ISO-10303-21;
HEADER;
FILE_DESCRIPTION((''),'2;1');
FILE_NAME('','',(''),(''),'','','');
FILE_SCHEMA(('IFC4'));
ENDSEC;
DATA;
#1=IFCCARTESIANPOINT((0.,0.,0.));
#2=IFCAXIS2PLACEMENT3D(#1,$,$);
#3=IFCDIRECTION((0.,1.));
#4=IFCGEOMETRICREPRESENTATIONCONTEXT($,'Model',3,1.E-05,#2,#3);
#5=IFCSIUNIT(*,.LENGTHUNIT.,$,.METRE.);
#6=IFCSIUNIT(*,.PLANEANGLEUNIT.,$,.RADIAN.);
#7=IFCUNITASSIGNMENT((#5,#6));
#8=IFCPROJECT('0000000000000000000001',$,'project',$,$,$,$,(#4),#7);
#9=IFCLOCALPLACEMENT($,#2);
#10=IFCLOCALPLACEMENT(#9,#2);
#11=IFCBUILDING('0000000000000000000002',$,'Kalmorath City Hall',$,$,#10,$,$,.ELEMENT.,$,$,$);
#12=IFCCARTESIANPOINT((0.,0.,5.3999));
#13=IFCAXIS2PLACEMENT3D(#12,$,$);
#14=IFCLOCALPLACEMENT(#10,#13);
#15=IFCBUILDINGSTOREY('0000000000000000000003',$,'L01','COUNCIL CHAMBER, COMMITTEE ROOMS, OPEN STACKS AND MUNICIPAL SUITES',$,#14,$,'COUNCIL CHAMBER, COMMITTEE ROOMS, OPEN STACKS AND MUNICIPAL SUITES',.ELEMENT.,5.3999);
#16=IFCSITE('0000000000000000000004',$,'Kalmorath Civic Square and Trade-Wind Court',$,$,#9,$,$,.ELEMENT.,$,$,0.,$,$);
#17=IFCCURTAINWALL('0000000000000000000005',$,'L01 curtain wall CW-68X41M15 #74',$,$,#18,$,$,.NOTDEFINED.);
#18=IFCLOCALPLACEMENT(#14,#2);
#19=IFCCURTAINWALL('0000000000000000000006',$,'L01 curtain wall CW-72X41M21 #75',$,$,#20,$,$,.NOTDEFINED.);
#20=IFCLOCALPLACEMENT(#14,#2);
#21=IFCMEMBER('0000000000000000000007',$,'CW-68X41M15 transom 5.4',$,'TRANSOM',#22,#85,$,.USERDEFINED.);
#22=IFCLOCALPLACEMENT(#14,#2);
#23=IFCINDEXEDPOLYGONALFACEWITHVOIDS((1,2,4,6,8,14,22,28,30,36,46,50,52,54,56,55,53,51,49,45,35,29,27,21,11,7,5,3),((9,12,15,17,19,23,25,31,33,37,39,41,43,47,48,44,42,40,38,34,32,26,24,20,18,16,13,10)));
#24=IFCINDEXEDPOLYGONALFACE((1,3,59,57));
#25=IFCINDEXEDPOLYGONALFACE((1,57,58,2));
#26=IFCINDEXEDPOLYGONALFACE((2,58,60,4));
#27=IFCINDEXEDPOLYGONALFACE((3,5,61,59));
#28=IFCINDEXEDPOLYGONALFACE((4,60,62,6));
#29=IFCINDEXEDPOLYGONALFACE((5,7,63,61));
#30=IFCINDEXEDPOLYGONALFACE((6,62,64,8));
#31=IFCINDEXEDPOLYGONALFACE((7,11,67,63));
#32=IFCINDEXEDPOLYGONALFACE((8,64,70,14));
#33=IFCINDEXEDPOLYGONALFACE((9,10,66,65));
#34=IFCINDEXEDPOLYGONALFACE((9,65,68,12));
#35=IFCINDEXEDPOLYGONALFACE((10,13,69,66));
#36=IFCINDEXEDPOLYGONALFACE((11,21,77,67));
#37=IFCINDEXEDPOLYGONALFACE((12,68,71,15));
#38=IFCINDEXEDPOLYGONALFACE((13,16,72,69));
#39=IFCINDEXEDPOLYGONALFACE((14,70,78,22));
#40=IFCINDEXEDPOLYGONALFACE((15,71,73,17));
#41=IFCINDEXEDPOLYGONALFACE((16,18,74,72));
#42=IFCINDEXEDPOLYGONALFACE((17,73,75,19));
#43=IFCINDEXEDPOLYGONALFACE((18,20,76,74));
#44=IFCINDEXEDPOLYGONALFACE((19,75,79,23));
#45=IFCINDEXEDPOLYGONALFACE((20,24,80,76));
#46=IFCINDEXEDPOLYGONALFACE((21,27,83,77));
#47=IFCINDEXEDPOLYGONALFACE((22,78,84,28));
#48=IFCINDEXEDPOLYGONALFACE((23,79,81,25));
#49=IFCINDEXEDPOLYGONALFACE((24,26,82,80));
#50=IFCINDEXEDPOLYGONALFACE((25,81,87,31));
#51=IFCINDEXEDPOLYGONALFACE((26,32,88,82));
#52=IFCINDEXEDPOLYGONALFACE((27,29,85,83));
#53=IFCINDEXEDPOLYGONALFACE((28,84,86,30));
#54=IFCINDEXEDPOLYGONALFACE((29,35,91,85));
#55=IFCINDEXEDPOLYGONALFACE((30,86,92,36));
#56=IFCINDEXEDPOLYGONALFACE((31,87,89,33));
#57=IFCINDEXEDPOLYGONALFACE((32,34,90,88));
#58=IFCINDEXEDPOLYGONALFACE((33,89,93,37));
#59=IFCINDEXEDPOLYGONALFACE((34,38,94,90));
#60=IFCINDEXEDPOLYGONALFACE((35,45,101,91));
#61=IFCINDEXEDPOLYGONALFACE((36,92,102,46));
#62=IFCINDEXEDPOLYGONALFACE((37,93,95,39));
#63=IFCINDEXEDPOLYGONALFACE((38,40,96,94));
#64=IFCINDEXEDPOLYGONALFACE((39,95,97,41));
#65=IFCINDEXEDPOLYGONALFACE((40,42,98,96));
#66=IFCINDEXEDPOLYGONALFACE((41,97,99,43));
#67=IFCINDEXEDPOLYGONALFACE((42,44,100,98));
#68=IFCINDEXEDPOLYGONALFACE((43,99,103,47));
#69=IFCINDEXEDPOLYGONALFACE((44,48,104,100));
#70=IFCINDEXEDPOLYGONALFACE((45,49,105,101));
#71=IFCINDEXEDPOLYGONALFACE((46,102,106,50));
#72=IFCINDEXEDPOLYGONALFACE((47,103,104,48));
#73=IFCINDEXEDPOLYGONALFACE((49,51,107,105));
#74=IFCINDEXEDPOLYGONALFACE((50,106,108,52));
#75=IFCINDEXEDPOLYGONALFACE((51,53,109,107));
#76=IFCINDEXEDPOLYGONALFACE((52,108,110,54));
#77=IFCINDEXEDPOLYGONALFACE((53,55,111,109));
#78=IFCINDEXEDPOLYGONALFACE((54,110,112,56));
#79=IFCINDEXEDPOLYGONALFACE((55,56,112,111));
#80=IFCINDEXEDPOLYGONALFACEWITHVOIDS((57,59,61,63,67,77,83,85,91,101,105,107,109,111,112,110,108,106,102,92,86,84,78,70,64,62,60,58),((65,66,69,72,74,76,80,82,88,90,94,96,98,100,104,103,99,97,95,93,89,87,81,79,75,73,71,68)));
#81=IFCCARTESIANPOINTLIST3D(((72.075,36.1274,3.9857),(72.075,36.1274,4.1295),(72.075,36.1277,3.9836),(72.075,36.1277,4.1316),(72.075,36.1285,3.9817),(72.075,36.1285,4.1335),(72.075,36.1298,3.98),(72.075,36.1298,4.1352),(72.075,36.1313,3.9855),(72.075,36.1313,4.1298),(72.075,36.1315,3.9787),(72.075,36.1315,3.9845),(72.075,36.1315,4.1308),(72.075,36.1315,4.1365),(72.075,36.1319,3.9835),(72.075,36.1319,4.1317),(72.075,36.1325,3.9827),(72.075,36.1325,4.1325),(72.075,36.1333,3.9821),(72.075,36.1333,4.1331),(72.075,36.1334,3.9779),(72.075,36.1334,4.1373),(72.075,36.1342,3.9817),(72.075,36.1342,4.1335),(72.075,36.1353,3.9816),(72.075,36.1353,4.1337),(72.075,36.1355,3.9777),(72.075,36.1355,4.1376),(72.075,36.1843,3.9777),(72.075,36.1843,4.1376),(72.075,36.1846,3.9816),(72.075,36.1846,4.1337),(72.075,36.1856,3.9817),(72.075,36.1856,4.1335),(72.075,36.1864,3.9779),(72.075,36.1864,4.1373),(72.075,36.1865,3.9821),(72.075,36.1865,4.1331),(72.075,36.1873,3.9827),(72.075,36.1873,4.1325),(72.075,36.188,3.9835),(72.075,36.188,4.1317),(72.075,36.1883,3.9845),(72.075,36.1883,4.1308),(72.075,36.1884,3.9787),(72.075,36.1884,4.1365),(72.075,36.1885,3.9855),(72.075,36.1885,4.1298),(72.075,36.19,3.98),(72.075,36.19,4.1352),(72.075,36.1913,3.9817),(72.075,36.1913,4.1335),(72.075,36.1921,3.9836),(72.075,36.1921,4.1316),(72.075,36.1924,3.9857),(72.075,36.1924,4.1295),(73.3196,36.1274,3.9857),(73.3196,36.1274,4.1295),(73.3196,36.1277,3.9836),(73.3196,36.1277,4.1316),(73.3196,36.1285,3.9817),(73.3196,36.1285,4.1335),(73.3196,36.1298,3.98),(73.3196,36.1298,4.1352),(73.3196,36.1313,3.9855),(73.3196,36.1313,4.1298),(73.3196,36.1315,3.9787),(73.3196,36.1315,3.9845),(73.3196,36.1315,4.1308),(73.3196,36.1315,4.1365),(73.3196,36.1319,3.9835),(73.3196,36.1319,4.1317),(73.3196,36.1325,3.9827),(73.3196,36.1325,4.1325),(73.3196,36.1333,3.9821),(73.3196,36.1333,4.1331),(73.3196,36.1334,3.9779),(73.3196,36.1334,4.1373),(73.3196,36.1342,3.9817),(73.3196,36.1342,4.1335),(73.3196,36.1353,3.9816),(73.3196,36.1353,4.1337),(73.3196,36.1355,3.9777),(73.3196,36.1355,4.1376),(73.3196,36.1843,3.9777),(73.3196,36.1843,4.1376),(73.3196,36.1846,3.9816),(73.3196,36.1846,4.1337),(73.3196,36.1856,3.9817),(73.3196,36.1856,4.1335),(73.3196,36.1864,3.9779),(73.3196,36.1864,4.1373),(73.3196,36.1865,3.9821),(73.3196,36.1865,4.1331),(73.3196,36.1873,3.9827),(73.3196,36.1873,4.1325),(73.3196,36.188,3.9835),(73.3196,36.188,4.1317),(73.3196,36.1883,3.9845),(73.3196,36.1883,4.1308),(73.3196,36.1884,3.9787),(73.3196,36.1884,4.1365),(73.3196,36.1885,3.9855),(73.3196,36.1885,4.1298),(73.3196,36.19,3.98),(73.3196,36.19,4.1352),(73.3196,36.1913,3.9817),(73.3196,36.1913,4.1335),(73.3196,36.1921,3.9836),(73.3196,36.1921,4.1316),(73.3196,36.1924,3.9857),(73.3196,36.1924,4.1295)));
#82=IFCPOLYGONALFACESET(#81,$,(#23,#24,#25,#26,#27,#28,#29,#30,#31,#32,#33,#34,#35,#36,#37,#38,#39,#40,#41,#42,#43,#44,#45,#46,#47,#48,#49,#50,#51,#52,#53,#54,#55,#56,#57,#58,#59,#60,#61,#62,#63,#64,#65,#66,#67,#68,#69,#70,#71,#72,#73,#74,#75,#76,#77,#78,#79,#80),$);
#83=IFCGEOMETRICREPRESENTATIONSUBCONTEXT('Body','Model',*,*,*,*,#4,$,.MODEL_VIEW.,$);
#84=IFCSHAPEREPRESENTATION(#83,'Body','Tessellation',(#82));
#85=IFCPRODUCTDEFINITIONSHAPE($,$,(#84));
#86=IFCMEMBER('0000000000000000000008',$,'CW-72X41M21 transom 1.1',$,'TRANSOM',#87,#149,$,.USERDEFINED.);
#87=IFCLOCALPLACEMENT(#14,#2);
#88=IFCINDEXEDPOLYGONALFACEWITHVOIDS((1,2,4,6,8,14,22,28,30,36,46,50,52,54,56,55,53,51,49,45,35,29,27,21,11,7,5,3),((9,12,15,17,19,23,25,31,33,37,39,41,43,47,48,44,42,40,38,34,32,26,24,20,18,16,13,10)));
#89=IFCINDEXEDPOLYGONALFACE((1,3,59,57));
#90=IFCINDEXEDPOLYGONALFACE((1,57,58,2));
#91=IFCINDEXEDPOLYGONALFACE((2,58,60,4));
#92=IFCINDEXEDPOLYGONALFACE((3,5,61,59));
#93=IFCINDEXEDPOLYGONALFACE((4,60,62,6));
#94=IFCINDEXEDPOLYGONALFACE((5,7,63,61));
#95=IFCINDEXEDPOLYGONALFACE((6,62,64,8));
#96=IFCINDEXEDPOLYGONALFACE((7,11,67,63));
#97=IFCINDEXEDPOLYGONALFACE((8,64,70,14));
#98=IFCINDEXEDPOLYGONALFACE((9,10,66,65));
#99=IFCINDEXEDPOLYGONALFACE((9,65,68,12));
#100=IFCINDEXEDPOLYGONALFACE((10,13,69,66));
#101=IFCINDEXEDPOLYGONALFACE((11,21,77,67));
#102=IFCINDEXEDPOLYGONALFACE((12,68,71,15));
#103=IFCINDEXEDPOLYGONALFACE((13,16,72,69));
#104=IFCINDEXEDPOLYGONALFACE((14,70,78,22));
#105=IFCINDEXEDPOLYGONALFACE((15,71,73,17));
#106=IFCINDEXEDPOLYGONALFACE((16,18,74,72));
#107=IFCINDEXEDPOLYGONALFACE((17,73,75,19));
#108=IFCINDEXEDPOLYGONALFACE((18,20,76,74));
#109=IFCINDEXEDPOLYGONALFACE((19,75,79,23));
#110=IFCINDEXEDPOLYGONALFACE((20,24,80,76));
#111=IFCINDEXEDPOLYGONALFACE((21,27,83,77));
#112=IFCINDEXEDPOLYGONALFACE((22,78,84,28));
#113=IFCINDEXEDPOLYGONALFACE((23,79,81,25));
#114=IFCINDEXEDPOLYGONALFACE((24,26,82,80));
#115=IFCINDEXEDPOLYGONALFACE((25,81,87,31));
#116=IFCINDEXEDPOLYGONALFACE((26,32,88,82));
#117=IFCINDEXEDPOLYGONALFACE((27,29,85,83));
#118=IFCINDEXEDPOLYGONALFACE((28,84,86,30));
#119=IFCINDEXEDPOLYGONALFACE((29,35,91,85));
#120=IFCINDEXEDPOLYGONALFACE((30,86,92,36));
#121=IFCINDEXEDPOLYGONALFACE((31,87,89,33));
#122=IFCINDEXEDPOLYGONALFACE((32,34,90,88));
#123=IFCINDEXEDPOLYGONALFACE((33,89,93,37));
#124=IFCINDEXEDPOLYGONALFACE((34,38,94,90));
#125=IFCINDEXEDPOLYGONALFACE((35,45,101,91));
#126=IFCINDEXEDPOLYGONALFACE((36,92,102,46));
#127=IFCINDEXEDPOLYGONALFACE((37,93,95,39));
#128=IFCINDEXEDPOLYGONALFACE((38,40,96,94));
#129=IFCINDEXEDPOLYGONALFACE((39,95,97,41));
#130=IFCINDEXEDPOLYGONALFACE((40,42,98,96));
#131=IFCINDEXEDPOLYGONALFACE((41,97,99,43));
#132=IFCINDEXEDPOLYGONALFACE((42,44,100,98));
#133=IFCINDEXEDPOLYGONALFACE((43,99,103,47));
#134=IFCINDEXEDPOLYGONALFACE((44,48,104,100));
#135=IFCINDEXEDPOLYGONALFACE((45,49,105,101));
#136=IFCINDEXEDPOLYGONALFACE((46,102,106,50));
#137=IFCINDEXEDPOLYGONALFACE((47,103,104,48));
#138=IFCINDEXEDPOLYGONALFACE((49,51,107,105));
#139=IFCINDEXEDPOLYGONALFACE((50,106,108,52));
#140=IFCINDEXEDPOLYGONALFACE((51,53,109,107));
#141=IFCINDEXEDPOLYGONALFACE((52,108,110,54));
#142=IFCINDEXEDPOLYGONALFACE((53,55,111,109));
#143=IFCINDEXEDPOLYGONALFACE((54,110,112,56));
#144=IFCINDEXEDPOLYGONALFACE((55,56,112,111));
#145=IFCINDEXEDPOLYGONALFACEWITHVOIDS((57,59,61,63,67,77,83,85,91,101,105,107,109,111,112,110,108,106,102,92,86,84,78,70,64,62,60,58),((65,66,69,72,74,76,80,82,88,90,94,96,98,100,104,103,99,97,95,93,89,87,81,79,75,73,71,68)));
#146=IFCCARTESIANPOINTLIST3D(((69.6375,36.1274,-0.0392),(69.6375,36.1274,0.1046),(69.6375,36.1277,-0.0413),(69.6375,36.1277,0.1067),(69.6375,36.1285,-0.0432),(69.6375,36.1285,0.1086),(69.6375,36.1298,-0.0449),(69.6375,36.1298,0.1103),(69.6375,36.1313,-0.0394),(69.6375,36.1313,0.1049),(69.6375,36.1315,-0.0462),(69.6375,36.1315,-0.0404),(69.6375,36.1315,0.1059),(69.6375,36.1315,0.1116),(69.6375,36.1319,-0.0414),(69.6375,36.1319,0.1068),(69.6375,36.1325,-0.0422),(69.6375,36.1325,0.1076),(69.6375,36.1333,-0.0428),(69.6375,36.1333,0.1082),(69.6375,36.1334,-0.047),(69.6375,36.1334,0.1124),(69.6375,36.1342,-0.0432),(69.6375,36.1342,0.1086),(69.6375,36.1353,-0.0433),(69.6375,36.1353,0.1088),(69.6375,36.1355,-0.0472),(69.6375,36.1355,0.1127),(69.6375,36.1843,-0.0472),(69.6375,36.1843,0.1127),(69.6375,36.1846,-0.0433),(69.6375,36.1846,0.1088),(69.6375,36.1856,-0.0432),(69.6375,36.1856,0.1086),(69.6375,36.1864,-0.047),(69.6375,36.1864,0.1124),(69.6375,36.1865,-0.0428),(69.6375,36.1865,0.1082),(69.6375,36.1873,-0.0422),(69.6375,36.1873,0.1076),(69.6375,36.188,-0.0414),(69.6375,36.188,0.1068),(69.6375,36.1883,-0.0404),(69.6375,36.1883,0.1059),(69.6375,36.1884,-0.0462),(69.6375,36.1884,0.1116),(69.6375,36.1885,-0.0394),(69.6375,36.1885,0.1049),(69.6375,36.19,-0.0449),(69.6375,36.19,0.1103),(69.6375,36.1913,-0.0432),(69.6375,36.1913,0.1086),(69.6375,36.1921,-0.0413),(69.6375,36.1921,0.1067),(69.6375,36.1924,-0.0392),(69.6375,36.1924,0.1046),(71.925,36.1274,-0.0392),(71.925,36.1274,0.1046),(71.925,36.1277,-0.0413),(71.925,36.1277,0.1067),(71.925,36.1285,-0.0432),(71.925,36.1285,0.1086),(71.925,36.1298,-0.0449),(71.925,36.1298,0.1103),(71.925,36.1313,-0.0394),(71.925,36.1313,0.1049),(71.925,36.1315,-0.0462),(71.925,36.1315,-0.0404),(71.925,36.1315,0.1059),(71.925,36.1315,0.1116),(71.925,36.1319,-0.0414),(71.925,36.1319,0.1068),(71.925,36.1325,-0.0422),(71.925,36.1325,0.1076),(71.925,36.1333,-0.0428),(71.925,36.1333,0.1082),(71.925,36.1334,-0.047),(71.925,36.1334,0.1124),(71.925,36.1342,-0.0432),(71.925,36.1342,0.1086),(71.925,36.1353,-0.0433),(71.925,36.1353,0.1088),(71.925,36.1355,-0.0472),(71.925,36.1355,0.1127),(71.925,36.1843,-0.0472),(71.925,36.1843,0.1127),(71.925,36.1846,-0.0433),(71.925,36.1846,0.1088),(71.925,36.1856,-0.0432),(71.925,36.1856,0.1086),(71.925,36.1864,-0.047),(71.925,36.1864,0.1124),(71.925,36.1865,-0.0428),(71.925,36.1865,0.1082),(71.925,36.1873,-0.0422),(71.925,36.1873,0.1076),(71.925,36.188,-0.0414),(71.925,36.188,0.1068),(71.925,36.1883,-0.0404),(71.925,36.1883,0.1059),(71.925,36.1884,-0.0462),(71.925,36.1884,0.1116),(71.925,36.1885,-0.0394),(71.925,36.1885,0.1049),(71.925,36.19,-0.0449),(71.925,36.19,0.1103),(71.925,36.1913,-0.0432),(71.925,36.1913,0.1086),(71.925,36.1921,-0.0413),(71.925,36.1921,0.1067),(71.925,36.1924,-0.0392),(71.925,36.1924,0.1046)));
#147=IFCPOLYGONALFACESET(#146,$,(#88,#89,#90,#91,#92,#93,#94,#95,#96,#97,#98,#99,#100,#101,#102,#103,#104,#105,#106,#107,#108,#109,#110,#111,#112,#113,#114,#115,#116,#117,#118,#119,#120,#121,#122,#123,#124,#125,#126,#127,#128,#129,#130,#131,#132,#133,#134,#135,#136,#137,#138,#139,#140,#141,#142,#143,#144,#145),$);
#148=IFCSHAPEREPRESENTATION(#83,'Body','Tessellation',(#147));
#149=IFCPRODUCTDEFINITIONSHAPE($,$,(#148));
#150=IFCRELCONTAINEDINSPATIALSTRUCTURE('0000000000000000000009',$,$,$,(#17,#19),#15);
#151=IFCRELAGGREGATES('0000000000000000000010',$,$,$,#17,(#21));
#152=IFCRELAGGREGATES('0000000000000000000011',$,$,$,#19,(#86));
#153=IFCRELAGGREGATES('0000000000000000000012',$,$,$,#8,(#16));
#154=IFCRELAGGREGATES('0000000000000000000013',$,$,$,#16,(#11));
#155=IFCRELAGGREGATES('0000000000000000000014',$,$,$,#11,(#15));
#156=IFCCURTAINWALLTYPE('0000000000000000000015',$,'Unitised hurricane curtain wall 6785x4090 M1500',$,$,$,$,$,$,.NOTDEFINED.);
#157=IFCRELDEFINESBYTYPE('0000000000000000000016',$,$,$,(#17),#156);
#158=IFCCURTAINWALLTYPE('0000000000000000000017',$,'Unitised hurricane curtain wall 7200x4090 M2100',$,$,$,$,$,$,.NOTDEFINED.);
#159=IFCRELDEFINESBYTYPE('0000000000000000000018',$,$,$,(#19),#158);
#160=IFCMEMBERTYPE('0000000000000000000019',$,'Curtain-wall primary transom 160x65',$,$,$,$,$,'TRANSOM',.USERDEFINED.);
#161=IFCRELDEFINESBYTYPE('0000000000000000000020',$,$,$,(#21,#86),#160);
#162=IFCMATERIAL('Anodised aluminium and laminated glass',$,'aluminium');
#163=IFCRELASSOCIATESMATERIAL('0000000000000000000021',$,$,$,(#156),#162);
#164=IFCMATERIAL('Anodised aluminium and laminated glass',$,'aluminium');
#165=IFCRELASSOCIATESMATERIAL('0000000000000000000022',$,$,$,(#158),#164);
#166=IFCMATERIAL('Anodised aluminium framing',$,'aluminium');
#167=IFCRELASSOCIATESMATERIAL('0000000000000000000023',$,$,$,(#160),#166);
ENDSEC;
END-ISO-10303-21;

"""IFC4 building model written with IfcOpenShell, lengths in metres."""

from ifc_helpers import new_model, si_unit, direction, frame, origin, origin_2d, place, context, subcontext, project, spatial, hollow_rectangle, extrude, material, material_profile, profile_set, type_object, element, aggregate, save


model = new_model("IFC4")

# Units and contexts
model_context = context("Model", 3, precision=1e-05, world=origin(), true_north=direction((0.0, 1.0)))
body_context = subcontext(model_context, "Body", "Model", "MODEL_VIEW")
ifc_project = project(units=[si_unit("LENGTHUNIT", "METRE"), si_unit("PLANEANGLEUNIT", "RADIAN")], contexts=[model_context])

# Site, building, storey
site_placement = place(None, origin())
site = spatial("IfcSite", under=ifc_project, at=site_placement, Name="Kalmorath Civic Square and Trade-Wind Court", CompositionType="ELEMENT", RefElevation=0.0)
building_placement = place(site_placement, origin())
building = spatial("IfcBuilding", under=site, at=building_placement, Name="Kalmorath City Hall", CompositionType="ELEMENT")
storey_placement = place(building_placement, frame((0.0, 0.0, 5.3999)))
storey = spatial("IfcBuildingStorey", under=building, at=storey_placement, Name="L01", Description="COUNCIL CHAMBER, COMMITTEE ROOMS, OPEN STACKS AND MUNICIPAL SUITES", LongName="COUNCIL CHAMBER, COMMITTEE ROOMS, OPEN STACKS AND MUNICIPAL SUITES", CompositionType="ELEMENT", Elevation=5.3999)

# Curtain walls
ifc_material_1 = material(Name="Anodised aluminium and laminated glass", Category="aluminium")
curtain_wall_type_1 = type_object("IfcCurtainWallType", Name="Unitised hurricane curtain wall 6785x4090 M1500", PredefinedType="NOTDEFINED", material=ifc_material_1)
curtain_wall_1_placement = place(storey_placement, origin())
curtain_wall_1 = element("IfcCurtainWall", 1, at=curtain_wall_1_placement, inside=storey, type_object=curtain_wall_type_1, Name="L01 curtain wall CW-68X41M15 #74", PredefinedType="NOTDEFINED")
ifc_material_2 = material(Name="Anodised aluminium and laminated glass", Category="aluminium")
curtain_wall_type_2 = type_object("IfcCurtainWallType", Name="Unitised hurricane curtain wall 7200x4090 M2100", PredefinedType="NOTDEFINED", material=ifc_material_2)
curtain_wall_2_placement = place(storey_placement, origin())
curtain_wall_2 = element("IfcCurtainWall", 2, at=curtain_wall_2_placement, inside=storey, type_object=curtain_wall_type_2, Name="L01 curtain wall CW-72X41M21 #75", PredefinedType="NOTDEFINED")

# Members
ifc_material_3 = material(Name="Anodised aluminium framing", Category="aluminium")
ifc_material_profile_1 = material_profile(ifc_material_3, hollow_rectangle(XDim=0.0649, YDim=0.1599, WallThickness=0.0039, InnerFilletRadius=0.0039, OuterFilletRadius=0.0081, at=origin_2d()), Name="ALU-TRN-160X65X4")
ifc_profile_set_1 = profile_set([ifc_material_profile_1], Name="Anodised aluminium framing")
member_type_1 = type_object("IfcMemberType", Name="Curtain-wall primary transom 160x65", ElementType="TRANSOM", PredefinedType="USERDEFINED", material=ifc_profile_set_1)
member_1_placement = place(storey_placement, frame((73.3196, 36.1599, 4.0576), z_axis=(-1.0, 0.0, 0.0), x_axis=(0.0, -1.0, 0.0)))
member_1 = element("IfcMember", 3, at=member_1_placement, type_object=member_type_1, Name="CW-68X41M15 transom 5.4", ObjectType="TRANSOM", PredefinedType="USERDEFINED", context=body_context, shape_type="SweptSolid", body=[
    extrude(hollow_rectangle(XDim=0.0649, YDim=0.1599, WallThickness=0.0039, InnerFilletRadius=0.0039, OuterFilletRadius=0.0081, at=origin_2d()), origin(), (0.0, 0.0, 1.0), 1.2446),
])
member_2_placement = place(storey_placement, frame((71.925, 36.1599, 0.0327), z_axis=(-1.0, 0.0, 0.0), x_axis=(0.0, -1.0, 0.0)))
member_2 = element("IfcMember", 4, at=member_2_placement, type_object=member_type_1, Name="CW-72X41M21 transom 1.1", ObjectType="TRANSOM", PredefinedType="USERDEFINED", context=body_context, shape_type="SweptSolid", body=[
    extrude(hollow_rectangle(XDim=0.0649, YDim=0.1599, WallThickness=0.0039, InnerFilletRadius=0.0039, OuterFilletRadius=0.0081, at=origin_2d()), origin(), (0.0, 0.0, 1.0), 2.2876),
])

aggregate(curtain_wall_1, [member_1])
aggregate(curtain_wall_2, [member_2])

save(model, "model.ifc")
